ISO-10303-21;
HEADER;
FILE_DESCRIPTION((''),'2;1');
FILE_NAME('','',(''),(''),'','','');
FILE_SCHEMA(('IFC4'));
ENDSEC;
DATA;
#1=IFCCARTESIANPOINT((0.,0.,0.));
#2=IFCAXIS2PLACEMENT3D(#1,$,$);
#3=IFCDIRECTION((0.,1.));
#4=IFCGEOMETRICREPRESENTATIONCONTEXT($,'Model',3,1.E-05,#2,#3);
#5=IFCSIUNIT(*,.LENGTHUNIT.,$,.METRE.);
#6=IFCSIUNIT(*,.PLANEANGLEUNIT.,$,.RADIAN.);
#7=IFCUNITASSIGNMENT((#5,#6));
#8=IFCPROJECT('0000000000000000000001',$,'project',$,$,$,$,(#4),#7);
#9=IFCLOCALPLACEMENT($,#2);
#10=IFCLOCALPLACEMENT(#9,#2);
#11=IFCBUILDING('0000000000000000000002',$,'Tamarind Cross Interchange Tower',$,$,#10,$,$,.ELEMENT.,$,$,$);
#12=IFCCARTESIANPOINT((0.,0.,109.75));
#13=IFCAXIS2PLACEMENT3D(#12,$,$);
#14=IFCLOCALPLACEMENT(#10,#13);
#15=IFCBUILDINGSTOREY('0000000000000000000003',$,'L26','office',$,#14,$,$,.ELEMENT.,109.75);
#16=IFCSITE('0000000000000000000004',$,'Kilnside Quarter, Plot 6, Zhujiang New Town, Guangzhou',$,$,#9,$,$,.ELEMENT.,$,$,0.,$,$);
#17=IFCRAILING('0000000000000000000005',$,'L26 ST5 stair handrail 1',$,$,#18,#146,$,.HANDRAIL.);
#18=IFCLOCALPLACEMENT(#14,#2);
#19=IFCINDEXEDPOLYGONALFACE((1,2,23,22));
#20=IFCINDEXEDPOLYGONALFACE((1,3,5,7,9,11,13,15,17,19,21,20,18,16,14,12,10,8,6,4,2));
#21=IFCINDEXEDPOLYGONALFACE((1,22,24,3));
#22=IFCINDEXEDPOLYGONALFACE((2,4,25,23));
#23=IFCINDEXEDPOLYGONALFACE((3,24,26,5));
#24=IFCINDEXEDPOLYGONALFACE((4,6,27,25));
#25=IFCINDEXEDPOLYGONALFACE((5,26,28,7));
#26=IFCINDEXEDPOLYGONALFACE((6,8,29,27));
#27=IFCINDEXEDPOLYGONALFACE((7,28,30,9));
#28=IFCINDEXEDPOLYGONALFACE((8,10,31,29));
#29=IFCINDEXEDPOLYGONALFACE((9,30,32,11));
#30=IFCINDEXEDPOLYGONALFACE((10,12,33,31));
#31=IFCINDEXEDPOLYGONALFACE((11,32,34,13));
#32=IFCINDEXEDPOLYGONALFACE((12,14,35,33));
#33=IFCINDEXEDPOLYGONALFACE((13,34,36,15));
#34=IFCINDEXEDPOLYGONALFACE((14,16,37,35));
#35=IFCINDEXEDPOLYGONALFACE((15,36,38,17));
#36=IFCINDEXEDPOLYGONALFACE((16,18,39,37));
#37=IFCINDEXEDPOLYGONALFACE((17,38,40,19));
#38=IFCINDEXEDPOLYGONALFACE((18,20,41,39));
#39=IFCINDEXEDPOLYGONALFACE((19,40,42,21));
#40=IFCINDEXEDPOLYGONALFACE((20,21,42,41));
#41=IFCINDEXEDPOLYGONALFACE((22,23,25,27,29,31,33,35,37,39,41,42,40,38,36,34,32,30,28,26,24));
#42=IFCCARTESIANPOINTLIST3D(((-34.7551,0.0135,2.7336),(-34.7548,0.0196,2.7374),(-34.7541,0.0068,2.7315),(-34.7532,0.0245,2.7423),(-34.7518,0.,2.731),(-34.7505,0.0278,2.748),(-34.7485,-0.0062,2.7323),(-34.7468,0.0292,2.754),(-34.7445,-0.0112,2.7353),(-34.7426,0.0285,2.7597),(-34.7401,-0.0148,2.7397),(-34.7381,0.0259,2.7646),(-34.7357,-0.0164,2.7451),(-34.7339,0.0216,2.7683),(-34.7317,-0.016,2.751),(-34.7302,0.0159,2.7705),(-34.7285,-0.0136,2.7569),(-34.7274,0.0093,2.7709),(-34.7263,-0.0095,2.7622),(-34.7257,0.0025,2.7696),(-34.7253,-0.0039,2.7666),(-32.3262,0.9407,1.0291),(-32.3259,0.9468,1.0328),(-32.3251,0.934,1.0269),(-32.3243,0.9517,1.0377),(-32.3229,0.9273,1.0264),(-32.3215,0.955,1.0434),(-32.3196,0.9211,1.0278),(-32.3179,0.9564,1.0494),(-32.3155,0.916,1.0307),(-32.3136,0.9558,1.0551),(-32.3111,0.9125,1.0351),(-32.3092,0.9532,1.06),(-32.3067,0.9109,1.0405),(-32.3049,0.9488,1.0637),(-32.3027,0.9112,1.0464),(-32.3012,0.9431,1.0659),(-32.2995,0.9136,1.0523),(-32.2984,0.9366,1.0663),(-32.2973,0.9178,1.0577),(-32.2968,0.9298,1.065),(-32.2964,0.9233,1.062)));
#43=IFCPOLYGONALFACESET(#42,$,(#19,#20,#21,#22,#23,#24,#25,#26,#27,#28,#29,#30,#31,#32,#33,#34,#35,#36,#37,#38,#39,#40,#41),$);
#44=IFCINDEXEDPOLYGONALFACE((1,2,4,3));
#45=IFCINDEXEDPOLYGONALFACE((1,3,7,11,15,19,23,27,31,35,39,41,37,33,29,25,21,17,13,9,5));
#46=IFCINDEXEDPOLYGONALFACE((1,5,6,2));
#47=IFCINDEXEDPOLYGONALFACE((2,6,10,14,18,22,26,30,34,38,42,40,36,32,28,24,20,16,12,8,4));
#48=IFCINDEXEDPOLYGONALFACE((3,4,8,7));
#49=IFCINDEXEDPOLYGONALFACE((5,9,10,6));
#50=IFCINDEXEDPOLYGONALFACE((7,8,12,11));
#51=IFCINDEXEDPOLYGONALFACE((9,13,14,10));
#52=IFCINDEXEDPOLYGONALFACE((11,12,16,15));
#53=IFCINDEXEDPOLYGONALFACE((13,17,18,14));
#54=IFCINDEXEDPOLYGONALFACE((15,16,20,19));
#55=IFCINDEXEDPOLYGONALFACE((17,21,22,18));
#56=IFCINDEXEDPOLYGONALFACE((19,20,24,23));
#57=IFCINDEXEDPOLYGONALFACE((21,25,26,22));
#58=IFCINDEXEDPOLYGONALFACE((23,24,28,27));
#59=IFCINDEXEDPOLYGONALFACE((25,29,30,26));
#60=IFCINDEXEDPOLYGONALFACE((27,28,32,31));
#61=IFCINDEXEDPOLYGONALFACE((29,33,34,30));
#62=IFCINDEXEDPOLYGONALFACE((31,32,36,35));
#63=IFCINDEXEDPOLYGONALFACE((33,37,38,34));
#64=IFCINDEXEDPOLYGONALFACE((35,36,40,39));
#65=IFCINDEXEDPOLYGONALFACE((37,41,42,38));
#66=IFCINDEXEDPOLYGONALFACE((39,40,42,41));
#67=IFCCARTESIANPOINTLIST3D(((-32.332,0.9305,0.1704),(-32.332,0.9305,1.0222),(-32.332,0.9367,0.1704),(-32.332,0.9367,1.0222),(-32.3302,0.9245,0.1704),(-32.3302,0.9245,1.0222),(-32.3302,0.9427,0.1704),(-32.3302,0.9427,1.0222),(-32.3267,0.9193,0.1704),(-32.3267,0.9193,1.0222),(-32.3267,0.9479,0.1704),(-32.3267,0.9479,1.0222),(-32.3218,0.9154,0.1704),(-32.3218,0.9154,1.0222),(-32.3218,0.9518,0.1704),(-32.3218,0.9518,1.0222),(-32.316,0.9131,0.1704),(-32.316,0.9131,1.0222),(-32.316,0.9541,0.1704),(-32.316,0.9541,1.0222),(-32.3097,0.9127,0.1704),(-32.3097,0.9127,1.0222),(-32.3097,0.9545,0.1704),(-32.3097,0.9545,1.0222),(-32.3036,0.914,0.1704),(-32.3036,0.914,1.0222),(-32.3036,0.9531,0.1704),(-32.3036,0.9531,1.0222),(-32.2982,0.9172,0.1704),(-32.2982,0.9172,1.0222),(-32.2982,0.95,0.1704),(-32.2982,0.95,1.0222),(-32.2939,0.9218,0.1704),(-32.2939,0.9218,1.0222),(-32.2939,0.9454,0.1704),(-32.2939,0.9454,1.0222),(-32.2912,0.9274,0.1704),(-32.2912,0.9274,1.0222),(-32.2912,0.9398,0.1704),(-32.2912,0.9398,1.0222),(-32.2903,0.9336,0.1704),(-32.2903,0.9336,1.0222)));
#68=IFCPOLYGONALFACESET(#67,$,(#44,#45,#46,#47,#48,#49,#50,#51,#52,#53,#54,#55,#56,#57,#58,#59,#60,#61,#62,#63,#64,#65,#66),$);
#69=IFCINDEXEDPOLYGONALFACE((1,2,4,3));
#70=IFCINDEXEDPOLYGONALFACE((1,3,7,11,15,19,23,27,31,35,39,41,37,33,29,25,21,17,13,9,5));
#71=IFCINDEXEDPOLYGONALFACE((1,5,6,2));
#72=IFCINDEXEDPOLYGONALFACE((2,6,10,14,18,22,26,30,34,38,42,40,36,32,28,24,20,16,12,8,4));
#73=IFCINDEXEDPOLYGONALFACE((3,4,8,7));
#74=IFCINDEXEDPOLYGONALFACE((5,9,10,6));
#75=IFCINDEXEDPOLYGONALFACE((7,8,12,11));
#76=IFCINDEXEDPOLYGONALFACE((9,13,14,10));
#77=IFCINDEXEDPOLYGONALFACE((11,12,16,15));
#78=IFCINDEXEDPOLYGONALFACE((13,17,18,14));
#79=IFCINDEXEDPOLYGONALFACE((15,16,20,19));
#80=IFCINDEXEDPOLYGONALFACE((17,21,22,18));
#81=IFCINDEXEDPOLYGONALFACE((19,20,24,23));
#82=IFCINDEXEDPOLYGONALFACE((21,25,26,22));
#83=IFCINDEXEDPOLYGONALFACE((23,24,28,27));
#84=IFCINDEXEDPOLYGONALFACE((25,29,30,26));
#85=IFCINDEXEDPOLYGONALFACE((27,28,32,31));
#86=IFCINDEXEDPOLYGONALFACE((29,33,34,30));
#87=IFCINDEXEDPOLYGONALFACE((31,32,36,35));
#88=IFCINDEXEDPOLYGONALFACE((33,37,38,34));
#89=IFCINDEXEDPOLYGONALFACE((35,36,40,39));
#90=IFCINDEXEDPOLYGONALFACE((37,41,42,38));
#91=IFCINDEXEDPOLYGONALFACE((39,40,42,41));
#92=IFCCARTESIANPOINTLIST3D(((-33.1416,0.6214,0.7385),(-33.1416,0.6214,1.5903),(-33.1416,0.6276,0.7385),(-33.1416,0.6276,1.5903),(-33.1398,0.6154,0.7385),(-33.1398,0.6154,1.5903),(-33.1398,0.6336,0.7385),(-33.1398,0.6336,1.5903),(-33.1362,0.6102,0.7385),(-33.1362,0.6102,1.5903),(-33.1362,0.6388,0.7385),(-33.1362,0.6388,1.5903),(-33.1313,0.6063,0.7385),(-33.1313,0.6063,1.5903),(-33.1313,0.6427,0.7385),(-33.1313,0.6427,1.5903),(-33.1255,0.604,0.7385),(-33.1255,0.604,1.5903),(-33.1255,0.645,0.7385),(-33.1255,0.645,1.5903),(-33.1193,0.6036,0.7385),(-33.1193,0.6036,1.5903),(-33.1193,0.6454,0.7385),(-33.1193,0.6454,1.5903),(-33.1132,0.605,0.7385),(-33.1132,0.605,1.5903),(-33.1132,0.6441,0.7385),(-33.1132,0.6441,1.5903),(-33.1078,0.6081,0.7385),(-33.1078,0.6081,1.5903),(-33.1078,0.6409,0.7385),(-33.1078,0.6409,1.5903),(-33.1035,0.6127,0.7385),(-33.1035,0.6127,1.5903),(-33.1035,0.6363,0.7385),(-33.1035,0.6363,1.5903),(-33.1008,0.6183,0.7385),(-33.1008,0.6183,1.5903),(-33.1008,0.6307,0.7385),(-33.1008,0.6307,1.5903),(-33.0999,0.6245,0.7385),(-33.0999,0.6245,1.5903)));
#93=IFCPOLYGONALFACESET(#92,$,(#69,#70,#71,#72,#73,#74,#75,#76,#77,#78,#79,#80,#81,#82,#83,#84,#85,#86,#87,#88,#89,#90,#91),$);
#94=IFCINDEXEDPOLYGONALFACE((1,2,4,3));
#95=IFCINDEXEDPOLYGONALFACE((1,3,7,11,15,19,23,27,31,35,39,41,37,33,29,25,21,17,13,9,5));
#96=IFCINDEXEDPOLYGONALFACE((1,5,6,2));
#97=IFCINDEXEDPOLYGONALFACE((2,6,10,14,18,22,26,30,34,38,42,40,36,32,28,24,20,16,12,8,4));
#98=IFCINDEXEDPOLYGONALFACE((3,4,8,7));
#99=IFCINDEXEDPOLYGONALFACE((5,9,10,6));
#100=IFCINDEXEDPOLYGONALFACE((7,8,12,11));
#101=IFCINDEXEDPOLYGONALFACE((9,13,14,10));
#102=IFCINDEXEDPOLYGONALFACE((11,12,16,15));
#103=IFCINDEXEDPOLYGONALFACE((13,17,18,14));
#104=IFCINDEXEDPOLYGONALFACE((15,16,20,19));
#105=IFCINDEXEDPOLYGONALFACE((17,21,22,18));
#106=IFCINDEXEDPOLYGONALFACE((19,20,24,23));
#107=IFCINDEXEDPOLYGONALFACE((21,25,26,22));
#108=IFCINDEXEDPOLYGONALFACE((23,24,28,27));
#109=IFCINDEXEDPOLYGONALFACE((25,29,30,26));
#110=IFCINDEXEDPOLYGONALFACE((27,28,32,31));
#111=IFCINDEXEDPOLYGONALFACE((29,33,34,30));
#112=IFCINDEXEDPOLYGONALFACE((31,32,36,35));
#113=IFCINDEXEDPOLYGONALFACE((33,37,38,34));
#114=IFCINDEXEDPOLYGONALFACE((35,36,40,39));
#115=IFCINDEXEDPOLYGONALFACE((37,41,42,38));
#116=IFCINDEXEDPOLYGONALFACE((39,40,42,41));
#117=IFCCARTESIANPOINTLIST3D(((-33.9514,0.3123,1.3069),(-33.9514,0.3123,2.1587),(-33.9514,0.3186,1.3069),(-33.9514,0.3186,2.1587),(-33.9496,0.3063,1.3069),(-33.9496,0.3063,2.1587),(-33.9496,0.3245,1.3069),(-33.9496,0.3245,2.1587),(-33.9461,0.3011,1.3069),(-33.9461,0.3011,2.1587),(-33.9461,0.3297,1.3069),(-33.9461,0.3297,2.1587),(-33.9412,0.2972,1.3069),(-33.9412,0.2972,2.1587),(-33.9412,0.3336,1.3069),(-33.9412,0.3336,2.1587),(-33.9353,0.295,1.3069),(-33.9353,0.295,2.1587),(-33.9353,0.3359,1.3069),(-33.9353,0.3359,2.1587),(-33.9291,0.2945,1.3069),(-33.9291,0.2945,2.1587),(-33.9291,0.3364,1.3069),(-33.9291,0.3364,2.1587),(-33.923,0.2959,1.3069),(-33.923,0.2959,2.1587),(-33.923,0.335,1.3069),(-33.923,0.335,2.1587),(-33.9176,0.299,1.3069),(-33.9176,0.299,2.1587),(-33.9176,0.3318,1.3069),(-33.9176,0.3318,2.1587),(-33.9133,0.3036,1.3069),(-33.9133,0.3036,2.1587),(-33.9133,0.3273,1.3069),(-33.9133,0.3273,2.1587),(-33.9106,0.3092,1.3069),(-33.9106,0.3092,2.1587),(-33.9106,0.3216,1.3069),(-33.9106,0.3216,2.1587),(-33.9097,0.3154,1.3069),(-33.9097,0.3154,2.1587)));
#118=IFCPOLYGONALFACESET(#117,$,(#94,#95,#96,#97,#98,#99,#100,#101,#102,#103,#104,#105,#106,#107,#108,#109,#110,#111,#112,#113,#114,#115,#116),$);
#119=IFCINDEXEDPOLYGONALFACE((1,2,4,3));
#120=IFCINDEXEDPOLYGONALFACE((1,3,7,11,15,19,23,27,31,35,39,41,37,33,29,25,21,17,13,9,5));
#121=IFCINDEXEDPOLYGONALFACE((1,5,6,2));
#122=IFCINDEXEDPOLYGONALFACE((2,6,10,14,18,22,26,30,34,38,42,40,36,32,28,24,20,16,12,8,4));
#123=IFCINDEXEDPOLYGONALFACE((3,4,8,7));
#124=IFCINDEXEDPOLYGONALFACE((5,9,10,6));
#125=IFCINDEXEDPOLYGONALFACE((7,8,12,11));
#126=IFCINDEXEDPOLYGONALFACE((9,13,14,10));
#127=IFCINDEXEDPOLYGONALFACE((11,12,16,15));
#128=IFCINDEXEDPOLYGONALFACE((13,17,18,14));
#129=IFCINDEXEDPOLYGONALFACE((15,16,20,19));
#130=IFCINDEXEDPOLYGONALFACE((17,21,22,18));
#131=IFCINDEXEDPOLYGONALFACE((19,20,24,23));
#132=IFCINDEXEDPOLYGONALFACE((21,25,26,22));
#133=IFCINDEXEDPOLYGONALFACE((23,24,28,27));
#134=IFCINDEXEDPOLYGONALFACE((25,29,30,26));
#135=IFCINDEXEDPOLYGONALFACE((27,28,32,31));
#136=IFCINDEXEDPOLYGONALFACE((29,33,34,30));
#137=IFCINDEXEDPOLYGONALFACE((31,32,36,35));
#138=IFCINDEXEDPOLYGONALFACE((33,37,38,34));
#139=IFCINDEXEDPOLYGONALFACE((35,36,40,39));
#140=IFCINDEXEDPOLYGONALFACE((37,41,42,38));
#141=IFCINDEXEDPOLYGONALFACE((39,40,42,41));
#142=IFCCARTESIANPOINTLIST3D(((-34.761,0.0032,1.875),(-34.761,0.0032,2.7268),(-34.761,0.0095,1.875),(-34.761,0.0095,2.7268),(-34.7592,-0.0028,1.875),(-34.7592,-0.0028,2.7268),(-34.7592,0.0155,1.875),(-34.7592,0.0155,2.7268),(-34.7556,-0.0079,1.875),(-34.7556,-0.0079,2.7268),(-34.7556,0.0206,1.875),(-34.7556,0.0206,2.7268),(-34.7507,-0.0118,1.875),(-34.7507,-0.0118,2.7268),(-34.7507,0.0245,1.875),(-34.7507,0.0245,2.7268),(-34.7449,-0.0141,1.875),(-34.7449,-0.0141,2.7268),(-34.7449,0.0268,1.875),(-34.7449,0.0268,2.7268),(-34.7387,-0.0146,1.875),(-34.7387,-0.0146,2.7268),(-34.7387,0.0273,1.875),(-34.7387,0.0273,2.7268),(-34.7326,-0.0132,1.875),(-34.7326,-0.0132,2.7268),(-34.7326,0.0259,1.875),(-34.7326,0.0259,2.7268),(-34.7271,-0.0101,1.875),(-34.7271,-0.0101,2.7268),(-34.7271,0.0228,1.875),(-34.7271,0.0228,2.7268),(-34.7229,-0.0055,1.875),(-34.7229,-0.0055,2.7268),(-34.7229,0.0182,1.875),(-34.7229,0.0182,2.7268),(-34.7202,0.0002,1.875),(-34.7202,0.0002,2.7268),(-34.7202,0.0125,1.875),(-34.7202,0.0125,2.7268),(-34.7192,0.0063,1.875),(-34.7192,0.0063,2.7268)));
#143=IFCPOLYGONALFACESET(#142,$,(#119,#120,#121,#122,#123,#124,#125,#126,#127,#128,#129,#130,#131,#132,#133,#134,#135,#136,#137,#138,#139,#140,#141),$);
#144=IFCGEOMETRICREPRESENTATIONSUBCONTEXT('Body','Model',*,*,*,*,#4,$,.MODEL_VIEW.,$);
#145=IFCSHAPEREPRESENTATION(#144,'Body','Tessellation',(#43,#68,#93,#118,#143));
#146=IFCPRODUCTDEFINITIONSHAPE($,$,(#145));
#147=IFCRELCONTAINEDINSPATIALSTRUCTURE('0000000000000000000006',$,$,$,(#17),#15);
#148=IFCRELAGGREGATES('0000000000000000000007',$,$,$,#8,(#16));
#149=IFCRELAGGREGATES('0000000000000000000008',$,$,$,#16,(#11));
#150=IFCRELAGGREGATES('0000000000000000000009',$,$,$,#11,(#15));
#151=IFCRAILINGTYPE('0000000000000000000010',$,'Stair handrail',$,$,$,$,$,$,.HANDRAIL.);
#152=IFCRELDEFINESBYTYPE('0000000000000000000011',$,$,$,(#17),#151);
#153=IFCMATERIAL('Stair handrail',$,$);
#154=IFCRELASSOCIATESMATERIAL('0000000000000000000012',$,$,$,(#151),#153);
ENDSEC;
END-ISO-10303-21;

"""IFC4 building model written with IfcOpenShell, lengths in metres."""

from ifc_helpers import new_model, si_unit, direction, frame, origin, origin_2d, place, context, subcontext, project, spatial, circle, extrude, material, type_object, element, save


model = new_model("IFC4")

# Units and contexts
model_context = context("Model", 3, precision=1e-05, world=origin(), true_north=direction((0.0, 1.0)))
body_context = subcontext(model_context, "Body", "Model", "MODEL_VIEW")
ifc_project = project(units=[si_unit("LENGTHUNIT", "METRE"), si_unit("PLANEANGLEUNIT", "RADIAN")], contexts=[model_context])

# Site, building, storey
site_placement = place(None, origin())
site = spatial("IfcSite", under=ifc_project, at=site_placement, Name="Kilnside Quarter, Plot 6, Zhujiang New Town, Guangzhou", CompositionType="ELEMENT", RefElevation=0.0)
building_placement = place(site_placement, origin())
building = spatial("IfcBuilding", under=site, at=building_placement, Name="Tamarind Cross Interchange Tower", CompositionType="ELEMENT")
storey_placement = place(building_placement, frame((0.0, 0.0, 109.75)))
storey = spatial("IfcBuildingStorey", under=building, at=storey_placement, Name="L26", Description="office", CompositionType="ELEMENT", Elevation=109.75)

# Railing
ifc_material_1 = material(Name="Stair handrail")
railing_type = type_object("IfcRailingType", Name="Stair handrail", PredefinedType="HANDRAIL", material=ifc_material_1)
railing_placement = place(storey_placement, frame((-32.3113, 0.9336, 0.1704)))
element("IfcRailing", 1, at=railing_placement, inside=storey, type_object=railing_type, Name="L26 ST5 stair handrail 1", PredefinedType="HANDRAIL", context=body_context, shape_type="SweptSolid", body=[
    extrude(circle(Radius=0.0239, at=origin_2d()), frame((0.0, 0.0, 0.876), z_axis=(-0.781292, -0.298256, 0.548294), x_axis=(0.356643, -0.934241, 0.0)), (0.0, 0.0, 1.0), 3.1089),
    extrude(circle(Radius=0.021, at=origin_2d()), origin(), (0.0, 0.0, 1.0), 0.8518),
    extrude(circle(Radius=0.021, at=origin_2d()), frame((-0.8096, -0.3091, 0.5681)), (0.0, 0.0, 1.0), 0.8518),
    extrude(circle(Radius=0.021, at=origin_2d()), frame((-1.6194, -0.6182, 1.1365)), (0.0, 0.0, 1.0), 0.8518),
    extrude(circle(Radius=0.021, at=origin_2d()), frame((-2.429, -0.9272, 1.7046)), (0.0, 0.0, 1.0), 0.8518),
])

save(model, "model.ifc")
